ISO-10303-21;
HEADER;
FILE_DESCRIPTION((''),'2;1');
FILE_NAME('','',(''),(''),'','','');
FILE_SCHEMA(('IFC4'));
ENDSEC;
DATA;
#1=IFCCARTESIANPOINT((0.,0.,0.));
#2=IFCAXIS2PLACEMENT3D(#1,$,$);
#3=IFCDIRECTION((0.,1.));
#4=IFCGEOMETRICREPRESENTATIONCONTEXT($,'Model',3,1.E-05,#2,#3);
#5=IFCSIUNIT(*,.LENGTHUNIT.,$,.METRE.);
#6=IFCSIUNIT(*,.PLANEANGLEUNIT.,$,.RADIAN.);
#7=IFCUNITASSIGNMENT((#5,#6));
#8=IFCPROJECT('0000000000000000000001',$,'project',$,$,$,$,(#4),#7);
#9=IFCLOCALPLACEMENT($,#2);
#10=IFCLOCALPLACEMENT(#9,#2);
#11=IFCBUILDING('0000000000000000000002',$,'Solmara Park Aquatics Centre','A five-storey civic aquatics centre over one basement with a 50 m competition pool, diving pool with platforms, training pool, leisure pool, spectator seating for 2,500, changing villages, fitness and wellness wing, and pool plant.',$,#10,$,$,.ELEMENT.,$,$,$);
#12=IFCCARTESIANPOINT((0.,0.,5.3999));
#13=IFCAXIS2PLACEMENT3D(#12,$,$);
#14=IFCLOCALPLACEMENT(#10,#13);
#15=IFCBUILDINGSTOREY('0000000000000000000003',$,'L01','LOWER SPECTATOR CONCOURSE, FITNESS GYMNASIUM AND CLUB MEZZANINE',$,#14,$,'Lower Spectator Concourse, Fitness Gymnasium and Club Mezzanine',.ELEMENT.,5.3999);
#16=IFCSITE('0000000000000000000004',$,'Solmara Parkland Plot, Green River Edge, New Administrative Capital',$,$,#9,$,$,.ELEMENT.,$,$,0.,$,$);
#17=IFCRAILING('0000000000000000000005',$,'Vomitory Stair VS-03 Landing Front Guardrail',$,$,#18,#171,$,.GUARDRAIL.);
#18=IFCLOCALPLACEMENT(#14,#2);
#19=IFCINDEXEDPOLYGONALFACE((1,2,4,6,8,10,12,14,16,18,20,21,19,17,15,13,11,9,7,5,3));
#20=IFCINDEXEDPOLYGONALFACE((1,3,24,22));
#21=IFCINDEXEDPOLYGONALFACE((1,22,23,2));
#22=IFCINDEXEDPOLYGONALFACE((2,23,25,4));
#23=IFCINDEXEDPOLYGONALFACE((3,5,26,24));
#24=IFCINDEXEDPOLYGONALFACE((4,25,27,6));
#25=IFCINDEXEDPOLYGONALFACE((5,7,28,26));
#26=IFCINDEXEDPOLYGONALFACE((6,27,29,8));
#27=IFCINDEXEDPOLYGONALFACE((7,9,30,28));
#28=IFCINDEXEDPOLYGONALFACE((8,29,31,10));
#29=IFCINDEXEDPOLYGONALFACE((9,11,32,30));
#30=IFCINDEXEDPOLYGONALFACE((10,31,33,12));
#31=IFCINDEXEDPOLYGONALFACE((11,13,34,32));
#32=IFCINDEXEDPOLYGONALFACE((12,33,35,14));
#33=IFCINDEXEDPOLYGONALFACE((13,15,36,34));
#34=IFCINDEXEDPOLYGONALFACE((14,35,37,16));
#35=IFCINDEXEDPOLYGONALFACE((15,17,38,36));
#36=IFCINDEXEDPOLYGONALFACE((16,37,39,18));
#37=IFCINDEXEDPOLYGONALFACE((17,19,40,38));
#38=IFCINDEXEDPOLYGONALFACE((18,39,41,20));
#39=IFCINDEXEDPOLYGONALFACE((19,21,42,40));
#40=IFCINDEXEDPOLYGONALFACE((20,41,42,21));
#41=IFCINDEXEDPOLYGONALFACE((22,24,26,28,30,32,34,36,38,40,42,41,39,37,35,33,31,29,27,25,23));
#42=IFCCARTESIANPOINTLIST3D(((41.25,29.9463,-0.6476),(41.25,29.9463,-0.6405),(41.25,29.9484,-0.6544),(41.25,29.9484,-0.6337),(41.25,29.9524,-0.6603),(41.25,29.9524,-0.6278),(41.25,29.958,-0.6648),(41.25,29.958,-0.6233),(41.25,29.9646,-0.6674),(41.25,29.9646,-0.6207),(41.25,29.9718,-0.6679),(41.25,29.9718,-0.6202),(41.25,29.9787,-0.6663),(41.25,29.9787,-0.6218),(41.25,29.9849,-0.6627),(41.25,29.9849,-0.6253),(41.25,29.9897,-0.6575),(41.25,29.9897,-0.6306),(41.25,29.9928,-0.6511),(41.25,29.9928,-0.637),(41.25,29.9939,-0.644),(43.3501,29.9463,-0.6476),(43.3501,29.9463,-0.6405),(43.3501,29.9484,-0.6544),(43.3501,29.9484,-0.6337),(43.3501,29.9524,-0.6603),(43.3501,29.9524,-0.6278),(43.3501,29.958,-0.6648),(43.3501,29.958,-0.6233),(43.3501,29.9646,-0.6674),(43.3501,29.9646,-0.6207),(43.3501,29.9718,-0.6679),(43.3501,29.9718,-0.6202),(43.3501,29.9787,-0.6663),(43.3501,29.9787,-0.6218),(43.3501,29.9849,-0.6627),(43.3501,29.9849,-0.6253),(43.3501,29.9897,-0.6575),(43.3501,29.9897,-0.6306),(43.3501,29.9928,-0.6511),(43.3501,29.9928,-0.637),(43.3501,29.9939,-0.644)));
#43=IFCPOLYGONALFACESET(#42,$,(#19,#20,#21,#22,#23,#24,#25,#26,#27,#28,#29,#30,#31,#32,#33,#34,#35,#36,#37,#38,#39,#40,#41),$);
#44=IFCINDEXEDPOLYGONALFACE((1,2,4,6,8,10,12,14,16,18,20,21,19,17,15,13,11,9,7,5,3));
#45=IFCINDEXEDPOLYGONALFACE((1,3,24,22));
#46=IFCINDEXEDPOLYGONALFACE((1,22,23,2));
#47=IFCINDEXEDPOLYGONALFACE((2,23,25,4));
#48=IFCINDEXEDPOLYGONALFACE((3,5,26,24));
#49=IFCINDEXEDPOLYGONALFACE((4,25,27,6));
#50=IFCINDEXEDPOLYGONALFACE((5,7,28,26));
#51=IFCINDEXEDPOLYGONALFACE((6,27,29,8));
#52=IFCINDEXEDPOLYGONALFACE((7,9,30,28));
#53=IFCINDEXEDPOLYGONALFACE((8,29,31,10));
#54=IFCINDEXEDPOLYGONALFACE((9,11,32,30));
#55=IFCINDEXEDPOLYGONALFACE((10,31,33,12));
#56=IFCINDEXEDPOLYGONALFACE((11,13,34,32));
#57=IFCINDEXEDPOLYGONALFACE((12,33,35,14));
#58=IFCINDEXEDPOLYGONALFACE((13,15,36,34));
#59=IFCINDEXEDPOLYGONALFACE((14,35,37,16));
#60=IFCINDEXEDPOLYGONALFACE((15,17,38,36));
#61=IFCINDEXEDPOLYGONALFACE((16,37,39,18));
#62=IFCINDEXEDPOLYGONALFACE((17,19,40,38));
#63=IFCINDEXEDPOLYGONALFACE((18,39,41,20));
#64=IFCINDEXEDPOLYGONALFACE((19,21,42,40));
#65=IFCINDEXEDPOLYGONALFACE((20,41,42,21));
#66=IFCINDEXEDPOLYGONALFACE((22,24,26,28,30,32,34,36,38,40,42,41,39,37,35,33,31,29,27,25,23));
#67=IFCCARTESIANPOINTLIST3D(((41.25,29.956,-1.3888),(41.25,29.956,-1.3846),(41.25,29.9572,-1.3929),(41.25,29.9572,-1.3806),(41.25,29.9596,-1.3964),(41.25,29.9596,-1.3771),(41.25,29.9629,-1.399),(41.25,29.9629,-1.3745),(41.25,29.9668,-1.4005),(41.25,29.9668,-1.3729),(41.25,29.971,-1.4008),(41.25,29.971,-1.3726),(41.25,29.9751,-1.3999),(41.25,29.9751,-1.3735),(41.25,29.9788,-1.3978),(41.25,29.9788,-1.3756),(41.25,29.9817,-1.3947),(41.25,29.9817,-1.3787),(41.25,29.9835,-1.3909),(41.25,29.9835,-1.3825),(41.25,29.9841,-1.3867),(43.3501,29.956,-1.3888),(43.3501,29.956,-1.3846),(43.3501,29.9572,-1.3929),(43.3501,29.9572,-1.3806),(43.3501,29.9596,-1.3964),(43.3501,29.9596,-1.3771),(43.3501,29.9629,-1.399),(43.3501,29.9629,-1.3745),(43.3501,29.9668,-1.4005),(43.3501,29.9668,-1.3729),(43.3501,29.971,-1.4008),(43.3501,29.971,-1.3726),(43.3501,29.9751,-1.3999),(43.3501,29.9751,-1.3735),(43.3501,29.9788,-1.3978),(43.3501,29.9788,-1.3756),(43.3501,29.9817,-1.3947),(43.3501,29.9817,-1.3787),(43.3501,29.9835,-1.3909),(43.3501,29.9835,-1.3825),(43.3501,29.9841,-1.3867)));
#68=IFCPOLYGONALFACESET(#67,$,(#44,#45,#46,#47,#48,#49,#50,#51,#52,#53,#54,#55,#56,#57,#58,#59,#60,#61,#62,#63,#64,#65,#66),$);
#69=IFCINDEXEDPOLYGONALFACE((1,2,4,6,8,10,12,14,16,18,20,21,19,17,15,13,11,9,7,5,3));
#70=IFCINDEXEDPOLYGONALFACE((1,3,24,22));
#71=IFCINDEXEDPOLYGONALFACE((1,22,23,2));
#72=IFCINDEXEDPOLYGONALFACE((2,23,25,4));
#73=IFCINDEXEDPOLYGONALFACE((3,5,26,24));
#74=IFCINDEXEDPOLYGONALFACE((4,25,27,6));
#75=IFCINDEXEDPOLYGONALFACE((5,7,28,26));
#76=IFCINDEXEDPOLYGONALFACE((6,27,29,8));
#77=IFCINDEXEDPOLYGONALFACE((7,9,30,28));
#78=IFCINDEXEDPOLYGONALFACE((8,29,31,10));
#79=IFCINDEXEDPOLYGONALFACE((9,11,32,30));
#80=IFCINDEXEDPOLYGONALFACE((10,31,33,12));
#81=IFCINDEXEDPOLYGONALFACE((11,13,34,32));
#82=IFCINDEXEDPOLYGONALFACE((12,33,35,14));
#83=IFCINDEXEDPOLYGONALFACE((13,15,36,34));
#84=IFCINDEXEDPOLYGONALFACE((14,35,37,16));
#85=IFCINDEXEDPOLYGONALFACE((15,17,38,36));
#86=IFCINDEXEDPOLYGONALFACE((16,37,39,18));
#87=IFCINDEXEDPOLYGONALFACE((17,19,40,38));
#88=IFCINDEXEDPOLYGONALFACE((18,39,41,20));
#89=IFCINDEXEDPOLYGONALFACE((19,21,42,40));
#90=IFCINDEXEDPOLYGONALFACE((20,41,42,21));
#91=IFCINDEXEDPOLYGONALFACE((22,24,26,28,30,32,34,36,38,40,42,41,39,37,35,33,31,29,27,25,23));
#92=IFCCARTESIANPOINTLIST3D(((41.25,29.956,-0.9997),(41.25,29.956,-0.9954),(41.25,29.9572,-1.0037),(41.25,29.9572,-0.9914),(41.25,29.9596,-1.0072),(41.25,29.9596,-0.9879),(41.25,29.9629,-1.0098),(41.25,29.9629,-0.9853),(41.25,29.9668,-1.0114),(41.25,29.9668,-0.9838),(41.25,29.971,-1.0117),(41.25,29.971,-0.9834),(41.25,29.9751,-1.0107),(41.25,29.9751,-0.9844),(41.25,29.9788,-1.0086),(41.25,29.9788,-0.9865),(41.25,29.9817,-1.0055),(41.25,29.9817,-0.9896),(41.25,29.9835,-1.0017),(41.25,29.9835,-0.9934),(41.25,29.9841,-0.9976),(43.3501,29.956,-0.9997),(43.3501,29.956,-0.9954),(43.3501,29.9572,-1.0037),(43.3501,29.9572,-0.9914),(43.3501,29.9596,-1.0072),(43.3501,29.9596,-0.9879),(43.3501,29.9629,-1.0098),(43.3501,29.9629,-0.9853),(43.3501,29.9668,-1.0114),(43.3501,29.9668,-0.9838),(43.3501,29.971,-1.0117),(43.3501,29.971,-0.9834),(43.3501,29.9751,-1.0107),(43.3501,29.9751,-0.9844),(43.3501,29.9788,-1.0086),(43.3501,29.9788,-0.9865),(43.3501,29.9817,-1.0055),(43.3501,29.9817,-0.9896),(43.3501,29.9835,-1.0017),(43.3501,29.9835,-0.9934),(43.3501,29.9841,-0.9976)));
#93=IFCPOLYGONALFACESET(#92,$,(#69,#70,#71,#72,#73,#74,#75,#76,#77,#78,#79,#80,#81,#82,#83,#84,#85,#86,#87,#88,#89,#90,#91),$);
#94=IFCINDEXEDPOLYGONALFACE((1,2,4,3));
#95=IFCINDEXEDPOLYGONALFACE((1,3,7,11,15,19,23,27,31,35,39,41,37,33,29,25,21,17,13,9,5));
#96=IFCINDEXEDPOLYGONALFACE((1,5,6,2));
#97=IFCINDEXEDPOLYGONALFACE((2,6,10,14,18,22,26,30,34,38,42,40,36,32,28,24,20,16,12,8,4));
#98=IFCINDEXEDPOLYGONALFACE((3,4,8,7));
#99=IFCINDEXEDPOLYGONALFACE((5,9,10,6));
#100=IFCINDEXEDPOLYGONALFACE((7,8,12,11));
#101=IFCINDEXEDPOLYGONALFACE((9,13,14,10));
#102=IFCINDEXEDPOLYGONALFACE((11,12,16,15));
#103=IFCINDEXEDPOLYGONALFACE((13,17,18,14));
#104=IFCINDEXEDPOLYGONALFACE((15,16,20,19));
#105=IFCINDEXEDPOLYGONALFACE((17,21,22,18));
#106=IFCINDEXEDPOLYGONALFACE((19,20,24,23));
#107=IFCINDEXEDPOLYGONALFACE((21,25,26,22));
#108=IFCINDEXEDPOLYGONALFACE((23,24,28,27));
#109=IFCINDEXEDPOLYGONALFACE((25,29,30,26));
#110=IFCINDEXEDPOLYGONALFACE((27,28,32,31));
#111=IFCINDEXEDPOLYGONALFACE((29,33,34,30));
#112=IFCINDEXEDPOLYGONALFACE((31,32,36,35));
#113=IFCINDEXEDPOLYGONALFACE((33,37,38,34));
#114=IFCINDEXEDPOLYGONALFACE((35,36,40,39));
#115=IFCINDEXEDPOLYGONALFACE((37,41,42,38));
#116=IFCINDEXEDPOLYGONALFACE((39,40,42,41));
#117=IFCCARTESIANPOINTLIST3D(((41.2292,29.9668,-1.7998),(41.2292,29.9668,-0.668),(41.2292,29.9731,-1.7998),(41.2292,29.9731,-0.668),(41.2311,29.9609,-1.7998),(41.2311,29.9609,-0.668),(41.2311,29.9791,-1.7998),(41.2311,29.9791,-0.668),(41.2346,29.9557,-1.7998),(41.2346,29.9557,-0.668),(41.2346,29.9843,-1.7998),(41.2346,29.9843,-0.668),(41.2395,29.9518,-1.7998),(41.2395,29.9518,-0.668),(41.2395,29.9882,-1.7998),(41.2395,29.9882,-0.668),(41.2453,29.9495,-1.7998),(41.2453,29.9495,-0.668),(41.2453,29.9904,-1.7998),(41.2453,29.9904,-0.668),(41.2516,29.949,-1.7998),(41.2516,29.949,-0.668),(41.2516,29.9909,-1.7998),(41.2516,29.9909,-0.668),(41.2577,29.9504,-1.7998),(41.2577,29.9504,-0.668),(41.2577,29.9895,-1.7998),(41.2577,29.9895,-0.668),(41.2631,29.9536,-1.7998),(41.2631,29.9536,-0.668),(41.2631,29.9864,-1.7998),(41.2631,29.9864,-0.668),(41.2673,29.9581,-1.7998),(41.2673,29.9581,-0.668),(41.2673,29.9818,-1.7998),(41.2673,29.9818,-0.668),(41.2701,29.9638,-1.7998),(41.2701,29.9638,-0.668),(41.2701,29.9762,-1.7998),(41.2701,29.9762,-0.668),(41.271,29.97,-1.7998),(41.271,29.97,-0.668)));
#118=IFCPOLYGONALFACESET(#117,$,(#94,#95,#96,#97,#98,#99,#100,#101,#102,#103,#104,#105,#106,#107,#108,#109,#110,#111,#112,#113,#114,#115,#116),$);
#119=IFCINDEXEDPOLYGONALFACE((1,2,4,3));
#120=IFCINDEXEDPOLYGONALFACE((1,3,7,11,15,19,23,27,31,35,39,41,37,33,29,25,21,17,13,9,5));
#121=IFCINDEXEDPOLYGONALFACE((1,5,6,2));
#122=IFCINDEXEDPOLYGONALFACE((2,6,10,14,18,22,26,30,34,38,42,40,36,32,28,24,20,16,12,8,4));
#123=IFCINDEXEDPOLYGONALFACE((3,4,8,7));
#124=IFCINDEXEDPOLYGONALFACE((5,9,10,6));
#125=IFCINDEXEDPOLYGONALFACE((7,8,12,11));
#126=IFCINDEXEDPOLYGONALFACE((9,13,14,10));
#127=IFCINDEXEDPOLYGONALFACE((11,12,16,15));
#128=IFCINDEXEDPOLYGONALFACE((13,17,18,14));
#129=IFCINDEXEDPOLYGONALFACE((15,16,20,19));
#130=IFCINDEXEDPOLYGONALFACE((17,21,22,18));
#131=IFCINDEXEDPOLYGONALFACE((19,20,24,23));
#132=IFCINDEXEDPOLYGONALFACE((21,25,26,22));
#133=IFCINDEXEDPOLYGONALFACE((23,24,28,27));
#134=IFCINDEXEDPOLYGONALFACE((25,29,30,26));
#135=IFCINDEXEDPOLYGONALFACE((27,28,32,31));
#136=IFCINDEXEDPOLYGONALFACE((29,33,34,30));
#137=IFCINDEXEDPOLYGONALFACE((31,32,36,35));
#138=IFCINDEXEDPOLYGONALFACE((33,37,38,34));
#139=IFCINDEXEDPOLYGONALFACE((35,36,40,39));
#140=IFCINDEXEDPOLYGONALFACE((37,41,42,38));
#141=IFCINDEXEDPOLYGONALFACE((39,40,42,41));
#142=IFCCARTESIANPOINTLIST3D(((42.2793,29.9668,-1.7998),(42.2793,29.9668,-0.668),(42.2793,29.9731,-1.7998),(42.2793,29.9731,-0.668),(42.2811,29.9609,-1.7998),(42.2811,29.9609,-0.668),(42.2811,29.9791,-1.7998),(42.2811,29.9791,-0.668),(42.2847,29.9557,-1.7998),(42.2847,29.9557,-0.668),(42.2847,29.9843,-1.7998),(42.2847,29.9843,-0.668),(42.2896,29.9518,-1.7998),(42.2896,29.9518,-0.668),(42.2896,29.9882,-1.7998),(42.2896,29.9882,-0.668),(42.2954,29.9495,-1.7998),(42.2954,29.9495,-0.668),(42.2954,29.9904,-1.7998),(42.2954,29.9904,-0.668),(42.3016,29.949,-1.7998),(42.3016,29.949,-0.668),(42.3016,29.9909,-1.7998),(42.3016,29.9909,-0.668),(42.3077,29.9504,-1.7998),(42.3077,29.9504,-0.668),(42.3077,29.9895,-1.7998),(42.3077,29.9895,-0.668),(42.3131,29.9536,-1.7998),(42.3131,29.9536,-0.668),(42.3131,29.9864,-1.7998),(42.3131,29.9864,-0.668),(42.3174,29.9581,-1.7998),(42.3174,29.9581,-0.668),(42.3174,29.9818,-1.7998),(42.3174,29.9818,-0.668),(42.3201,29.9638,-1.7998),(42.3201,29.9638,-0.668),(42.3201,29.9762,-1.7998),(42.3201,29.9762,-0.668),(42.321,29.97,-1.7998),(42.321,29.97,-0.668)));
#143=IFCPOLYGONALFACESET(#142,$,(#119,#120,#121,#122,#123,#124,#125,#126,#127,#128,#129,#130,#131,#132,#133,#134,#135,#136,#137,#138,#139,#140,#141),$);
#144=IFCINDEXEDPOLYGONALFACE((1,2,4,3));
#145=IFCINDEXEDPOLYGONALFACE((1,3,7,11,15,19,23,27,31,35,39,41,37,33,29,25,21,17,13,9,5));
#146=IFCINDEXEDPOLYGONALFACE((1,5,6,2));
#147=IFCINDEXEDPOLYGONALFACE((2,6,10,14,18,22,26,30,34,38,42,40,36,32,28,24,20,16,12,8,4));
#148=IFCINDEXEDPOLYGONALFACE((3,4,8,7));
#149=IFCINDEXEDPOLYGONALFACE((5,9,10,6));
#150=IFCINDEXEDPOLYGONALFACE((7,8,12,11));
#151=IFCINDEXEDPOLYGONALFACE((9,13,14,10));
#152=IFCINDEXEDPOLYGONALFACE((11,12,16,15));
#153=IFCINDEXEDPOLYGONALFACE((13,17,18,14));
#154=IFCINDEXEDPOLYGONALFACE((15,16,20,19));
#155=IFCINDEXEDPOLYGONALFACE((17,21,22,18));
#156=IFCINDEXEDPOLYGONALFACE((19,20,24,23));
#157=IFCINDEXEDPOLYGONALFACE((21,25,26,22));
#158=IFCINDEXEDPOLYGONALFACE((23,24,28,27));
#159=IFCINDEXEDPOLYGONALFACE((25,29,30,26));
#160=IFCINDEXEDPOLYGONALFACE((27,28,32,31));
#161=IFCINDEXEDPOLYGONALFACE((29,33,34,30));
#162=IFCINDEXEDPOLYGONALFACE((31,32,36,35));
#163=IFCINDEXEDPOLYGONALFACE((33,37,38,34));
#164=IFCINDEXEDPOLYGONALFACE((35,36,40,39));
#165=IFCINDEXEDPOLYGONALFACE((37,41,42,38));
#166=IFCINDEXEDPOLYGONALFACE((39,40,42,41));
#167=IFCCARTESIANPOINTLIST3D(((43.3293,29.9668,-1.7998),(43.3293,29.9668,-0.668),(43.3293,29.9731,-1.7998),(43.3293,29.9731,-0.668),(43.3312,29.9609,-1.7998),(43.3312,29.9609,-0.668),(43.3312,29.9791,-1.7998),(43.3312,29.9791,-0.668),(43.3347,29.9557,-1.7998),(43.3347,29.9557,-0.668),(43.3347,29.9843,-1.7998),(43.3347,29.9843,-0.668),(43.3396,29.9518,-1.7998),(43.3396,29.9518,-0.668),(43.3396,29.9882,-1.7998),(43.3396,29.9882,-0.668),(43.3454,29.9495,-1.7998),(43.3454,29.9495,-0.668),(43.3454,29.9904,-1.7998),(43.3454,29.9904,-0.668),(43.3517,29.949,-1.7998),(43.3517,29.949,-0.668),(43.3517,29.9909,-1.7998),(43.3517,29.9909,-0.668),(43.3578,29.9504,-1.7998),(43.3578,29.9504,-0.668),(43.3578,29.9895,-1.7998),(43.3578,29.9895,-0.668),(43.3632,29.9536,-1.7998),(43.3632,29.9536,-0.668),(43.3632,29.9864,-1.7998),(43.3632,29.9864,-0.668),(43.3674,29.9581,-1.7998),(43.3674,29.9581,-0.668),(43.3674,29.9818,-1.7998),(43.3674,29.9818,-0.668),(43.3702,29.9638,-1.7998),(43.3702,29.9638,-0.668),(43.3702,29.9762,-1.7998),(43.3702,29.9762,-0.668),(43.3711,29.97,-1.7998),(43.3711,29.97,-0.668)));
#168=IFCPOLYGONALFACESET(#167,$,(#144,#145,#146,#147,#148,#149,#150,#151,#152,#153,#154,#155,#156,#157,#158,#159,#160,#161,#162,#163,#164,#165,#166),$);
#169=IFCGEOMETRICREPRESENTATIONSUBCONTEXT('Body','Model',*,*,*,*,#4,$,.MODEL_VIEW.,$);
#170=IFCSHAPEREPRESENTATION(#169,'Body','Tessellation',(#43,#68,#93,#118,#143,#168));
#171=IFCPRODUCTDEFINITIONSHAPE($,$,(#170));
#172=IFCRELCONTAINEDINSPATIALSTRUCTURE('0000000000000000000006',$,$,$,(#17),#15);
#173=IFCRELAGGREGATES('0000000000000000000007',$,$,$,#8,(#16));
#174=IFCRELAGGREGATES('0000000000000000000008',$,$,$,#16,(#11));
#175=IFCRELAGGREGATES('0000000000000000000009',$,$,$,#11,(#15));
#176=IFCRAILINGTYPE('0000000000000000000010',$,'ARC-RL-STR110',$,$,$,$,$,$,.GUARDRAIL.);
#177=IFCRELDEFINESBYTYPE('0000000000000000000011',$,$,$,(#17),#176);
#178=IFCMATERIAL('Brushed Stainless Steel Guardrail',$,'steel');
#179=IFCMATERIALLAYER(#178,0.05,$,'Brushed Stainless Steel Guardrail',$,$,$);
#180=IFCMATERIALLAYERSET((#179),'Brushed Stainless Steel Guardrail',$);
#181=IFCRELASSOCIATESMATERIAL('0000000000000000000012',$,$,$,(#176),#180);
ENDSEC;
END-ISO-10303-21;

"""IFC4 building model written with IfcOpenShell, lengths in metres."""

from ifc_helpers import new_model, si_unit, direction, frame, origin, origin_2d, place, context, subcontext, project, spatial, circle, extrude, material, layer, layer_set, type_object, element, save


model = new_model("IFC4")

# Units and contexts
model_context = context("Model", 3, precision=1e-05, world=origin(), true_north=direction((0.0, 1.0)))
body_context = subcontext(model_context, "Body", "Model", "MODEL_VIEW")
ifc_project = project(units=[si_unit("LENGTHUNIT", "METRE"), si_unit("PLANEANGLEUNIT", "RADIAN")], contexts=[model_context])

# Site, building, storey
site_placement = place(None, origin())
site = spatial("IfcSite", under=ifc_project, at=site_placement, Name="Solmara Parkland Plot, Green River Edge, New Administrative Capital", CompositionType="ELEMENT", RefElevation=0.0)
building_placement = place(site_placement, origin())
building = spatial("IfcBuilding", under=site, at=building_placement, Name="Solmara Park Aquatics Centre", Description="A five-storey civic aquatics centre over one basement with a 50 m competition pool, diving pool with platforms, training pool, leisure pool, spectator seating for 2,500, changing villages, fitness and wellness wing, and pool plant.", CompositionType="ELEMENT")
storey_placement = place(building_placement, frame((0.0, 0.0, 5.3999)))
storey = spatial("IfcBuildingStorey", under=building, at=storey_placement, Name="L01", Description="LOWER SPECTATOR CONCOURSE, FITNESS GYMNASIUM AND CLUB MEZZANINE", LongName="Lower Spectator Concourse, Fitness Gymnasium and Club Mezzanine", CompositionType="ELEMENT", Elevation=5.3999)

# Railing
ifc_material_1 = material(Name="Brushed Stainless Steel Guardrail", Category="steel")
ifc_layer_1 = layer(ifc_material_1, 0.05, Name="Brushed Stainless Steel Guardrail")
ifc_layer_set_1 = layer_set([ifc_layer_1], Name="Brushed Stainless Steel Guardrail")
railing_type_1 = type_object("IfcRailingType", Name="ARC-RL-STR110", PredefinedType="GUARDRAIL", material=ifc_layer_set_1)
railing_1_placement = place(storey_placement, frame((41.25, 29.97, -1.7998)))
element("IfcRailing", 1, at=railing_1_placement, inside=storey, type_object=railing_type_1, Name="Vomitory Stair VS-03 Landing Front Guardrail", PredefinedType="GUARDRAIL", context=body_context, shape_type="SweptSolid", body=[
    extrude(circle(Radius=0.0239, at=origin_2d()), frame((0.0, 0.0, 1.1558), z_axis=(1.0, 0.0, 0.0), x_axis=(0.0, 1.0, 0.0)), (0.0, 0.0, 1.0), 2.1001),
    extrude(circle(Radius=0.0142, at=origin_2d()), frame((0.0, 0.0, 0.4131), z_axis=(1.0, 0.0, 0.0), x_axis=(0.0, 1.0, 0.0)), (0.0, 0.0, 1.0), 2.1001),
    extrude(circle(Radius=0.0142, at=origin_2d()), frame((0.0, 0.0, 0.8022), z_axis=(1.0, 0.0, 0.0), x_axis=(0.0, 1.0, 0.0)), (0.0, 0.0, 1.0), 2.1001),
    extrude(circle(Radius=0.021, at=origin_2d()), origin(), (0.0, 0.0, 1.0), 1.1318),
    extrude(circle(Radius=0.021, at=origin_2d()), frame((1.05, 0.0, 0.0)), (0.0, 0.0, 1.0), 1.1318),
    extrude(circle(Radius=0.021, at=origin_2d()), frame((2.1001, 0.0, 0.0)), (0.0, 0.0, 1.0), 1.1318),
])

save(model, "model.ifc")
